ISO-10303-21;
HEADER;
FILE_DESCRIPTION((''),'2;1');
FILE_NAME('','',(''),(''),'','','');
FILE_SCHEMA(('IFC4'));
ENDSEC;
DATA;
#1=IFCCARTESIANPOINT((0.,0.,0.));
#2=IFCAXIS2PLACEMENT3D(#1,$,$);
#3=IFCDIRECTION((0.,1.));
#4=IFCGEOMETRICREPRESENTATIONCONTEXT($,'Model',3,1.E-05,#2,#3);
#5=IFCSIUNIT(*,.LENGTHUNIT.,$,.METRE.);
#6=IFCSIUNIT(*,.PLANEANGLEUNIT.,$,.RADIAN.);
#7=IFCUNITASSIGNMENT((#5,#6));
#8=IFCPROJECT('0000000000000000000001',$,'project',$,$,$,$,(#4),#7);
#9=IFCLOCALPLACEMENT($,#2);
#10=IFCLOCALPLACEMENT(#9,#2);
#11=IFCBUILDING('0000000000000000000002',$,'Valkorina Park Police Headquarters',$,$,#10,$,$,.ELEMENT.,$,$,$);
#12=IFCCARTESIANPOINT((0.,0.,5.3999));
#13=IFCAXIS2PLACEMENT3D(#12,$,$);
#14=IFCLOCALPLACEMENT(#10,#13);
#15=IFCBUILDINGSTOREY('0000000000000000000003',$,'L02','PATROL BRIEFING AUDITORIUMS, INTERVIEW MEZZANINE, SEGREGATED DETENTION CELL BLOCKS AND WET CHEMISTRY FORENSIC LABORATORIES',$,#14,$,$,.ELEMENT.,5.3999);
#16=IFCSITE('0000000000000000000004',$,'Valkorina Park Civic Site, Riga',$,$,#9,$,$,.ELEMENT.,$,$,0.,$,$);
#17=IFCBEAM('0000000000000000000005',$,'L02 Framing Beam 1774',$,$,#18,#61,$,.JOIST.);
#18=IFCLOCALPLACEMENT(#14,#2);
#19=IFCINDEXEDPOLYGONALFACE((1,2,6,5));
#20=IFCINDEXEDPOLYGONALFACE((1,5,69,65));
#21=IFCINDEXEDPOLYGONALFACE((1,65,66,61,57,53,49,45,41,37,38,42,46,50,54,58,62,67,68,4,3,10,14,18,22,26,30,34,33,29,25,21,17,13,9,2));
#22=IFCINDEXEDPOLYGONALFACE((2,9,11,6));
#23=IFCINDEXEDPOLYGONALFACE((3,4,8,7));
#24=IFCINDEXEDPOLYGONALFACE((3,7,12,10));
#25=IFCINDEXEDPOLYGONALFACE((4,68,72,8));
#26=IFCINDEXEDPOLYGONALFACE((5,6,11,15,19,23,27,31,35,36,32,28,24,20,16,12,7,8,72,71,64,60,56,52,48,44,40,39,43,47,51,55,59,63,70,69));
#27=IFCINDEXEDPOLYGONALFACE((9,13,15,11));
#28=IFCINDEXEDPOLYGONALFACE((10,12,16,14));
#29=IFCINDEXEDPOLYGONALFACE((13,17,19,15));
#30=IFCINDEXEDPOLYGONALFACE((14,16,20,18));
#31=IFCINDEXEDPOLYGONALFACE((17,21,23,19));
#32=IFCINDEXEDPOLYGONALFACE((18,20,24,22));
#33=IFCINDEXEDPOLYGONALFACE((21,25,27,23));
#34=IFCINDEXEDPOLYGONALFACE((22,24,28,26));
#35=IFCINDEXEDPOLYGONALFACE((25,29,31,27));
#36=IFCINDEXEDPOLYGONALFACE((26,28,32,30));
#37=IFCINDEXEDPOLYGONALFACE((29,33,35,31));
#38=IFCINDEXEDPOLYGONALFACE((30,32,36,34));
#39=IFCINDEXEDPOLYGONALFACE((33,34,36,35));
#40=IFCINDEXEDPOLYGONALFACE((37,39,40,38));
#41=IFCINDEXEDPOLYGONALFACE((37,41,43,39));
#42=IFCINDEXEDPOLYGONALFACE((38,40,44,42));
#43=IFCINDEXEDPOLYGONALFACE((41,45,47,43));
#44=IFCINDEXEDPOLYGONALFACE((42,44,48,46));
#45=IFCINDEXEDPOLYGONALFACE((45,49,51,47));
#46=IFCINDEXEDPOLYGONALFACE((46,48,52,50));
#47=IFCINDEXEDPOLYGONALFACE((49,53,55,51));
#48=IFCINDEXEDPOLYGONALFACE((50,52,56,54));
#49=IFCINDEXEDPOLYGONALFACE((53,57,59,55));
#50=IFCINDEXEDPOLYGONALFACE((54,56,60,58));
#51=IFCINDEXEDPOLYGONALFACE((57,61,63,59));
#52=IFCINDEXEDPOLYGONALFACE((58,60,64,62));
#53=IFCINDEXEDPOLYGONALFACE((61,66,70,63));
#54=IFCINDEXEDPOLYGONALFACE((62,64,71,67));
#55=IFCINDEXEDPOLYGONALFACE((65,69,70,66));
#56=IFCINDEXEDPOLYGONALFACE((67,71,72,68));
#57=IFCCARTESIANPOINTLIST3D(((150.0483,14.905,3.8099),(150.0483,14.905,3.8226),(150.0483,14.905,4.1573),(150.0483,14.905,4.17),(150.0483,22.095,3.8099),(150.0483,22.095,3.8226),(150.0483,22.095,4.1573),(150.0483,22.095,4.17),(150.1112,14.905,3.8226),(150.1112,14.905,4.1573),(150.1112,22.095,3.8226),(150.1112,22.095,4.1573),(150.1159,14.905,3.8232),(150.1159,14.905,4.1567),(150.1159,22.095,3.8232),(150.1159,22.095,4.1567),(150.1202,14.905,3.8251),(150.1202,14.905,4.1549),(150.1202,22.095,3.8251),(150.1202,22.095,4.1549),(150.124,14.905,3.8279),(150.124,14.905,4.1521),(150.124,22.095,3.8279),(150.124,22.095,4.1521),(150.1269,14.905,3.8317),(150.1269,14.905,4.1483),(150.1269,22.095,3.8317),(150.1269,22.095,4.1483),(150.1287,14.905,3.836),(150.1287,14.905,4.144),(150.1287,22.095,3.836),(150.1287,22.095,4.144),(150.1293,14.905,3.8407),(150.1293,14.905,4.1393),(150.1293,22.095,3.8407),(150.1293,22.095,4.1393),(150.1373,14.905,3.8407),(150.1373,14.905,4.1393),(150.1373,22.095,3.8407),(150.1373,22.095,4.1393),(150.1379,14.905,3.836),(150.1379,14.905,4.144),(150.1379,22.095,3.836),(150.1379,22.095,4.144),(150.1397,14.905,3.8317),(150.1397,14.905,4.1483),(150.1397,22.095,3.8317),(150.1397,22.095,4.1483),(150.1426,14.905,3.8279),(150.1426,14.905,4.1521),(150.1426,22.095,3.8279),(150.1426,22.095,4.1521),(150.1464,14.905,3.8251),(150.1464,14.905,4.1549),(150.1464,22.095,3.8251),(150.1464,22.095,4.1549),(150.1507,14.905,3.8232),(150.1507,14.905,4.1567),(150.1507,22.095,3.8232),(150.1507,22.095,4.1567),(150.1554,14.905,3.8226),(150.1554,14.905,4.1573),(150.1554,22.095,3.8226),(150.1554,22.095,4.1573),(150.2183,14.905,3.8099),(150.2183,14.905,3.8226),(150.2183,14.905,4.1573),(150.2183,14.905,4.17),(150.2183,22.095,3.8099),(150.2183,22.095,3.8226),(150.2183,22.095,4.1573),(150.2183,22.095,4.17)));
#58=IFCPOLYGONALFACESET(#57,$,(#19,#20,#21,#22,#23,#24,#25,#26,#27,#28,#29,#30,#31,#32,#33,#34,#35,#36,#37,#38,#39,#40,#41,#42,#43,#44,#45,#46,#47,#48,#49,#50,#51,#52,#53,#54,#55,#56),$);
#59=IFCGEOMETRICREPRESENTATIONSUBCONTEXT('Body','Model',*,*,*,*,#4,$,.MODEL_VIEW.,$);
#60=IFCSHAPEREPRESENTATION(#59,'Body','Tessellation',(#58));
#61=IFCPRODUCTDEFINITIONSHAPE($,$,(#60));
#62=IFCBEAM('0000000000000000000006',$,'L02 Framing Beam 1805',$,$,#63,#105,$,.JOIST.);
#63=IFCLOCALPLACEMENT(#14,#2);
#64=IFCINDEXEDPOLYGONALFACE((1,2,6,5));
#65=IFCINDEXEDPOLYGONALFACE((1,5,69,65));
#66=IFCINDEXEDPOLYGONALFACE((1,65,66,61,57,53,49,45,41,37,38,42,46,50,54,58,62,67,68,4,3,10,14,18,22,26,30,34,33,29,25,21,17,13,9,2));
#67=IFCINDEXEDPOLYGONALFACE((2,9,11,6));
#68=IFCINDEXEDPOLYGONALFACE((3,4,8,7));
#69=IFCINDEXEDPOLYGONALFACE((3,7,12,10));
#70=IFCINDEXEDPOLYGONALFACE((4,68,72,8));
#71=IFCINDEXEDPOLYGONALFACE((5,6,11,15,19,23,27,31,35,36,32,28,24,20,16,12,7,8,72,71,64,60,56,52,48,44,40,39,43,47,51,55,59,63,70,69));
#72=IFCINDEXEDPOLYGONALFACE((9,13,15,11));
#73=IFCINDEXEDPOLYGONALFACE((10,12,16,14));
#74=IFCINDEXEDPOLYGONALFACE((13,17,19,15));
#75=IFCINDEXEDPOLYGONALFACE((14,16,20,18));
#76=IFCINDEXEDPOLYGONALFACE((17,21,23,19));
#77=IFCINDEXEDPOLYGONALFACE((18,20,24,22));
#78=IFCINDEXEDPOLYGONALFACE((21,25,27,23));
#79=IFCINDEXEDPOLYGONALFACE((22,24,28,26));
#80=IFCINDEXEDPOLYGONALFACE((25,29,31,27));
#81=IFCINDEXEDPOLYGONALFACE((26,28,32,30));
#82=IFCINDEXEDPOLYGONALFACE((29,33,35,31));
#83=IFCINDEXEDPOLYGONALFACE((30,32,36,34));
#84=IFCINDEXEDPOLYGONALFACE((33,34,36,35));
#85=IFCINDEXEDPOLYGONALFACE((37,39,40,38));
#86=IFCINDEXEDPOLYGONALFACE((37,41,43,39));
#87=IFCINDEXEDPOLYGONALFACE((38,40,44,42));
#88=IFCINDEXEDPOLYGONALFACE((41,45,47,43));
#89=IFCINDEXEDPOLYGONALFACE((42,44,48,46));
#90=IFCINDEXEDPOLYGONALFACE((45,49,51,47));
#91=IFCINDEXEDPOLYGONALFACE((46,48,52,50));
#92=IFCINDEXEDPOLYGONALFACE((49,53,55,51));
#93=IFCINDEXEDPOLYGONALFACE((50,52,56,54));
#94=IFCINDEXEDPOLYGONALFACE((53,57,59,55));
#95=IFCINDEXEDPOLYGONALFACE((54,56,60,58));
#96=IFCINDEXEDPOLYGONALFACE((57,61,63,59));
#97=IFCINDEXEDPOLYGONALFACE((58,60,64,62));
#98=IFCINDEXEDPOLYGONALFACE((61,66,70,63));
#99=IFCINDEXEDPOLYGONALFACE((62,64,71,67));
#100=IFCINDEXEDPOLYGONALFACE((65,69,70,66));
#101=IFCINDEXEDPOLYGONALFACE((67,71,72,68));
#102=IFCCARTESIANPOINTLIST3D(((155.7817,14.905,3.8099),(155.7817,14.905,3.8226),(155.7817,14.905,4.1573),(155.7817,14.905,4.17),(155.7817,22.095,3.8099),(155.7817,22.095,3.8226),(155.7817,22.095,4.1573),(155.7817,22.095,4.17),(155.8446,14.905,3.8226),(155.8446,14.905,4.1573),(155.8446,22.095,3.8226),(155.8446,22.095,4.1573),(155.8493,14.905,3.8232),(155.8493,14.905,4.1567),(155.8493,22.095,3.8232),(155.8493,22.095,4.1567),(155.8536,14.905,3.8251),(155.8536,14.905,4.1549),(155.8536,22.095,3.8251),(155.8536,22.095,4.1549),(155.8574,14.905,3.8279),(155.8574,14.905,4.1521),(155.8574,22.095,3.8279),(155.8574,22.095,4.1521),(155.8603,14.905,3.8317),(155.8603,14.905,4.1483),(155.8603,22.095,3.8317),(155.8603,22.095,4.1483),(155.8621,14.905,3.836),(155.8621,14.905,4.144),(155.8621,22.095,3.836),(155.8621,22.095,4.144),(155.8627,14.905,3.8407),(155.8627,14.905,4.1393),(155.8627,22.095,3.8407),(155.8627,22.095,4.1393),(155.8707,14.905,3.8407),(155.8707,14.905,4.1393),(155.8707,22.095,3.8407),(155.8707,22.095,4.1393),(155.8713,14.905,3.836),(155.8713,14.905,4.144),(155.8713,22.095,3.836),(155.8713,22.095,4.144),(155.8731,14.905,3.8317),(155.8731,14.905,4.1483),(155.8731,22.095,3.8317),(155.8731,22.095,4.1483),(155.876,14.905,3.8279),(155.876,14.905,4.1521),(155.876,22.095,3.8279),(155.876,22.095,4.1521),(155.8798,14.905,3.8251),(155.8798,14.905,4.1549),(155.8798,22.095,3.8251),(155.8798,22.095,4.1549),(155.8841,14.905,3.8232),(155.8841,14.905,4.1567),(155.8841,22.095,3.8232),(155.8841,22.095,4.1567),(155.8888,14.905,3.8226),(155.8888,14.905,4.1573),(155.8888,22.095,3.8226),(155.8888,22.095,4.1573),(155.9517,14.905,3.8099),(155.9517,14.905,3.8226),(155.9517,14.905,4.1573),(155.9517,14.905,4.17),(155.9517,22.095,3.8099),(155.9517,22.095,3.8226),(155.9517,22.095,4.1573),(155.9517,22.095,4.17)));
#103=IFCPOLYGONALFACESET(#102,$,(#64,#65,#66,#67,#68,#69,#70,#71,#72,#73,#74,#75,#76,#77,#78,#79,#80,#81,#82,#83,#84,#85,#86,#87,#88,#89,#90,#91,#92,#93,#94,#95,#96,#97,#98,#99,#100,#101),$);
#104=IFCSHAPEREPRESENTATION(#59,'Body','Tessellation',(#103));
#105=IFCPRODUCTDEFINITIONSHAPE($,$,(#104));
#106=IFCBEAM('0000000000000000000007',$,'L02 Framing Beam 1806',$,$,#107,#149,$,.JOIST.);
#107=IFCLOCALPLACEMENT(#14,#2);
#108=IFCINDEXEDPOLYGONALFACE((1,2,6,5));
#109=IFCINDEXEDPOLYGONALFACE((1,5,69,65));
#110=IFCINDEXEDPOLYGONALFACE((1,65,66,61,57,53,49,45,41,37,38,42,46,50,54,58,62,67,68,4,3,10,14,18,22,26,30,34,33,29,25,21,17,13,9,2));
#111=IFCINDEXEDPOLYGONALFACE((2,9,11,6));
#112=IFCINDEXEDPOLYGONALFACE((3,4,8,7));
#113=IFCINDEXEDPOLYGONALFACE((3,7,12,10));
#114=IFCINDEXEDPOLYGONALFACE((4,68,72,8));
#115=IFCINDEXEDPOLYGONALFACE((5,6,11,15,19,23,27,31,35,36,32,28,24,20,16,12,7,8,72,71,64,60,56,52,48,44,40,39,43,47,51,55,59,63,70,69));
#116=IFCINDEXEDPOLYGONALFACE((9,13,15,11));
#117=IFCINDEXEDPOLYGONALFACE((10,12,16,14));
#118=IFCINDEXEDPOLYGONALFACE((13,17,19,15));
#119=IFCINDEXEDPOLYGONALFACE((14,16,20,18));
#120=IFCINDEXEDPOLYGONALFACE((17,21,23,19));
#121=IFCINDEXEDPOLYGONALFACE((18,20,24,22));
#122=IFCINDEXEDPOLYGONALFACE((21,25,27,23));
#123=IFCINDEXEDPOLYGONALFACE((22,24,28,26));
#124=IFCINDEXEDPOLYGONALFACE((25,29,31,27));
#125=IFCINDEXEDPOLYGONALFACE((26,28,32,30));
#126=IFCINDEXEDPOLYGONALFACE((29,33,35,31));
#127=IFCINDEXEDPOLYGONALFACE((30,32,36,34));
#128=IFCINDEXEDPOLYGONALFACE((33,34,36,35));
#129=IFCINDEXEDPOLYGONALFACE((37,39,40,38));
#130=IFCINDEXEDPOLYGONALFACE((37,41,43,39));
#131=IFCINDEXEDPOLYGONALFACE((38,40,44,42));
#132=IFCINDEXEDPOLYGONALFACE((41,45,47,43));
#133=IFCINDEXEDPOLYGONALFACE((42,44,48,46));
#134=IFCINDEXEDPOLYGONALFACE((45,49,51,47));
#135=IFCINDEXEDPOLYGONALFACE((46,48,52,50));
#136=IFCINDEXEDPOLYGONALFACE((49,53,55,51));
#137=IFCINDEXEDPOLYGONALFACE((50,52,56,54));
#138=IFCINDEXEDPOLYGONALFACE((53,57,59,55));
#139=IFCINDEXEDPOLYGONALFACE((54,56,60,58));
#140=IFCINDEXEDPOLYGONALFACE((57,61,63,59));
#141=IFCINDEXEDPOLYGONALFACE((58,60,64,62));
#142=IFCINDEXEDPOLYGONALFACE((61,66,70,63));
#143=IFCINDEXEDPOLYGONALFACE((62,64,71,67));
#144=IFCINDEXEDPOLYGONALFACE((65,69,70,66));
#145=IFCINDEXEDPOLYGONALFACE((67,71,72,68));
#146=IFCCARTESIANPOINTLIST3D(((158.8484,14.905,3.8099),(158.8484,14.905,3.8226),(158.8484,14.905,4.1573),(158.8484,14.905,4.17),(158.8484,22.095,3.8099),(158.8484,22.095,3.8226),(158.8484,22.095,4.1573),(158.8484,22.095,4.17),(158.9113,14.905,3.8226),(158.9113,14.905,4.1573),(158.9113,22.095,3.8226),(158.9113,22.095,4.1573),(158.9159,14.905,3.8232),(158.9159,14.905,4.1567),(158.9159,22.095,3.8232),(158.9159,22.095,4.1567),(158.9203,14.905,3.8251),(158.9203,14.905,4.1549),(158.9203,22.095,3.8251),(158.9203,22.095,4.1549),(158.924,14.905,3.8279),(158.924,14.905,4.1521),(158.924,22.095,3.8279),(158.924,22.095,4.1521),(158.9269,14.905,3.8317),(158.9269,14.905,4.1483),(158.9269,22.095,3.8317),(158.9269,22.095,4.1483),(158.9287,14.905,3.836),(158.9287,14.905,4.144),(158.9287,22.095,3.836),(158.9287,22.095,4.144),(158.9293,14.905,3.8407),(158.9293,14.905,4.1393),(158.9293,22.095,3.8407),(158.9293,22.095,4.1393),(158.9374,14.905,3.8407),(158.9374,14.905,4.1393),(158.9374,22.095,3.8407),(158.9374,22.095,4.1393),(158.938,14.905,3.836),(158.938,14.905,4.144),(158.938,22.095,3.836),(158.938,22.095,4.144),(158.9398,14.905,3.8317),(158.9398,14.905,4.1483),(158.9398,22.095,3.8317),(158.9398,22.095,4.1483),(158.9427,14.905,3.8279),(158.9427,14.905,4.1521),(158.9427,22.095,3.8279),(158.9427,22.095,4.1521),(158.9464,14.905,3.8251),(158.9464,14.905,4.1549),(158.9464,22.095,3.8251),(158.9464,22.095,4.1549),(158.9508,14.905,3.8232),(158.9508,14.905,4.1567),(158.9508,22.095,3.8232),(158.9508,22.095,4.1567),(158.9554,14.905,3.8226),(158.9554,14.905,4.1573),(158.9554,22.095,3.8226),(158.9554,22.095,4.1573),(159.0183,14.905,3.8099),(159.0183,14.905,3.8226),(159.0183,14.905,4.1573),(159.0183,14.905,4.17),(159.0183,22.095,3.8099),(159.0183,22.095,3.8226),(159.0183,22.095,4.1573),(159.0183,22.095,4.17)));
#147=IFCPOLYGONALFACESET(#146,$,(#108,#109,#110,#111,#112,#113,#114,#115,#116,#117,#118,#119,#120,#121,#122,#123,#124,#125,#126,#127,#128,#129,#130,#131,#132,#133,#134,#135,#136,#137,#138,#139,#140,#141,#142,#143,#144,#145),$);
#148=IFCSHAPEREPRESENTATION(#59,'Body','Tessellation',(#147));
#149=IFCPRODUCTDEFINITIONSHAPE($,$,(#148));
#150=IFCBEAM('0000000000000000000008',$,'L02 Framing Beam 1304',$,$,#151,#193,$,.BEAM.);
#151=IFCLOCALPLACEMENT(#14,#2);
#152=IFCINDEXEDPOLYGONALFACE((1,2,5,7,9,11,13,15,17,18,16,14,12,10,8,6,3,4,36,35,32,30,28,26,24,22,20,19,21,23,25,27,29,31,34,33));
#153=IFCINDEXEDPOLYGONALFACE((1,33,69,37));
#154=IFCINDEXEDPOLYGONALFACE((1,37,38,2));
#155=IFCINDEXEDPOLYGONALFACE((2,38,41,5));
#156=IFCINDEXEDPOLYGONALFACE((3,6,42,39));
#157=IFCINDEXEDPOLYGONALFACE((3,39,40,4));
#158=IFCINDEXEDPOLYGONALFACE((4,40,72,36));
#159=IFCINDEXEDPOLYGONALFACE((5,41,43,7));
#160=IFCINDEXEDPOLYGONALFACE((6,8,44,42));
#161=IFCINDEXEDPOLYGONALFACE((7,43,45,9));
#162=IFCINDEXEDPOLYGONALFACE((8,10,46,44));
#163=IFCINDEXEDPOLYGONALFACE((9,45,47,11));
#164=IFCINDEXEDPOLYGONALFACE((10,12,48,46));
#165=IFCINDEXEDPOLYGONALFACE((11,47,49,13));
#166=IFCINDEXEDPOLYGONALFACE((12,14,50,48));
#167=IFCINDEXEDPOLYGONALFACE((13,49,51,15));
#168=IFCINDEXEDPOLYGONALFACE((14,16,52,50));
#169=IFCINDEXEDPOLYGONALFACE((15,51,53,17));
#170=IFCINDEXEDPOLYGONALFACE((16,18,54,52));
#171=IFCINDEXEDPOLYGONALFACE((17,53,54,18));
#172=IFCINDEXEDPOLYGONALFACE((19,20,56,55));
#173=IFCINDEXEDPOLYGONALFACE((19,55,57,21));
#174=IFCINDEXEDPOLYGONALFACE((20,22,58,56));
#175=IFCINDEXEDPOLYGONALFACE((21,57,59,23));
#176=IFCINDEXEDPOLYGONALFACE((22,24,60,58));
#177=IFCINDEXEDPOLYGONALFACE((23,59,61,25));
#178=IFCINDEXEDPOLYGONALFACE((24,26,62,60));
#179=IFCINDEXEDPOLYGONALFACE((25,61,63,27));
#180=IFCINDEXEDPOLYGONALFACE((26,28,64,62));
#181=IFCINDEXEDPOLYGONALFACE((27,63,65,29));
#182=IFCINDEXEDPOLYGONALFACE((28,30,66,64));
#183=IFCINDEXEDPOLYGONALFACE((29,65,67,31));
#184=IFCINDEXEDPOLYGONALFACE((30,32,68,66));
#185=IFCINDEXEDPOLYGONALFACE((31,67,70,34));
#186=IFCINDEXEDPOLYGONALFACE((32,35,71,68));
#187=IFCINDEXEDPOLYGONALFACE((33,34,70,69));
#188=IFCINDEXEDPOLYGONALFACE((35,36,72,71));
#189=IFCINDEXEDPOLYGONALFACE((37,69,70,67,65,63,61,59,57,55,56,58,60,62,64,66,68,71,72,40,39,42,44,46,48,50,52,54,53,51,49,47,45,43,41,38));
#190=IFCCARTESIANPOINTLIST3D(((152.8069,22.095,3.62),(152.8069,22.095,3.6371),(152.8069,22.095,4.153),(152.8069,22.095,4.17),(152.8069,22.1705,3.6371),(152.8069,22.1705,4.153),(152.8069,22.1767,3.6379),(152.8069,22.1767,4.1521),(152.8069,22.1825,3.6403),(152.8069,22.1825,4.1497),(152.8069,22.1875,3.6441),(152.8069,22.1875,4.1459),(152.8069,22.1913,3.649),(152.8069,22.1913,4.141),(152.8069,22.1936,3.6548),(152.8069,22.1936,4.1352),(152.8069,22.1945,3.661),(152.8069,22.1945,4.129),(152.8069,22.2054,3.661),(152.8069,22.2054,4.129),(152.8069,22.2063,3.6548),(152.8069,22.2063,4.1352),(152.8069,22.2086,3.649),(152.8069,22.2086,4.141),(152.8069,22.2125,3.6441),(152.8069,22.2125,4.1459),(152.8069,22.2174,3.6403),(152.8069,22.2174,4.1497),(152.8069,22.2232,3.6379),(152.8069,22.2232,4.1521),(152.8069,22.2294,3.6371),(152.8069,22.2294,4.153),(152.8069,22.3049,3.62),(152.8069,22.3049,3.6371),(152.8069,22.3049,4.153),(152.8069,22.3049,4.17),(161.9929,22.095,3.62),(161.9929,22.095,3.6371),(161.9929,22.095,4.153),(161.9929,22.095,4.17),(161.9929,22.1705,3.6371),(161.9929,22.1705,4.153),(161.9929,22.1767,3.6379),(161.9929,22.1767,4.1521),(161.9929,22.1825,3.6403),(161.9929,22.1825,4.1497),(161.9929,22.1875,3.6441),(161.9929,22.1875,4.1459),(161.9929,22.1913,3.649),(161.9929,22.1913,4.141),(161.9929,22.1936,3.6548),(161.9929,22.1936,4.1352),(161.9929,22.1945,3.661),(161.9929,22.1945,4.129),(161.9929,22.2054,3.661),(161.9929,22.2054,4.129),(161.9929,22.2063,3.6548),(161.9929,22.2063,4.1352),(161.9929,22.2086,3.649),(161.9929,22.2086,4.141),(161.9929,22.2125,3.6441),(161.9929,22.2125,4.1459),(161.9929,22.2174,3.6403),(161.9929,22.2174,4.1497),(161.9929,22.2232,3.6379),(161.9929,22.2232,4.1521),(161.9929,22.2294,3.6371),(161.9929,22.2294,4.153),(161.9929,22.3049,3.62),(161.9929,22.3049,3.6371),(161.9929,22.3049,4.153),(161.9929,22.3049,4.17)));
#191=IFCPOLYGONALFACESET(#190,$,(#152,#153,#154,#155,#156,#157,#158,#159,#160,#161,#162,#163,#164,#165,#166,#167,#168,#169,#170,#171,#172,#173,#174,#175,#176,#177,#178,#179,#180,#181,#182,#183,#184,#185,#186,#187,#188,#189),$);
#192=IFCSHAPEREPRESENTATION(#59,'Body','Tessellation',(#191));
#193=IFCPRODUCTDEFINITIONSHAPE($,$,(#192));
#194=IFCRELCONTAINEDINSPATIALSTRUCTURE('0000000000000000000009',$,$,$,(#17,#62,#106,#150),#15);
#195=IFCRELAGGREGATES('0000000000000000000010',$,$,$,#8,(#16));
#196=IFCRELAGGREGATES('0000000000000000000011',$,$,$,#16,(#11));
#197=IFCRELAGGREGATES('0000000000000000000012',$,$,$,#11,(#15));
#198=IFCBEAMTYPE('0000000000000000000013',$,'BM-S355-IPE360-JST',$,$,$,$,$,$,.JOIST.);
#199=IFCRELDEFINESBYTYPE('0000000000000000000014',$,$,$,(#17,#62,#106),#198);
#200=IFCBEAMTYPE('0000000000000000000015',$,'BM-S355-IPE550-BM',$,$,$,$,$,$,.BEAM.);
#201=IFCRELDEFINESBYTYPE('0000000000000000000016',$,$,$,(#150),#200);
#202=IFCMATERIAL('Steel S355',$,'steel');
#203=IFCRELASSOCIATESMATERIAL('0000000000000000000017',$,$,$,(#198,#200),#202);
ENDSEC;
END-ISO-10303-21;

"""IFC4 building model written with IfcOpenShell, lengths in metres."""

from ifc_helpers import new_model, si_unit, direction, frame, origin, origin_2d, place, context, subcontext, project, spatial, i_section, extrude, material, material_profile, profile_set, type_object, element, save


model = new_model("IFC4")

# Units and contexts
model_context = context("Model", 3, precision=1e-05, world=origin(), true_north=direction((0.0, 1.0)))
body_context = subcontext(model_context, "Body", "Model", "MODEL_VIEW")
ifc_project = project(units=[si_unit("LENGTHUNIT", "METRE"), si_unit("PLANEANGLEUNIT", "RADIAN")], contexts=[model_context])

# Site, building, storey
site_placement = place(None, origin())
site = spatial("IfcSite", under=ifc_project, at=site_placement, Name="Valkorina Park Civic Site, Riga", CompositionType="ELEMENT", RefElevation=0.0)
building_placement = place(site_placement, origin())
building = spatial("IfcBuilding", under=site, at=building_placement, Name="Valkorina Park Police Headquarters", CompositionType="ELEMENT")
storey_placement = place(building_placement, frame((0.0, 0.0, 5.3999)))
storey = spatial("IfcBuildingStorey", under=building, at=storey_placement, Name="L02", Description="PATROL BRIEFING AUDITORIUMS, INTERVIEW MEZZANINE, SEGREGATED DETENTION CELL BLOCKS AND WET CHEMISTRY FORENSIC LABORATORIES", CompositionType="ELEMENT", Elevation=5.3999)

# Shared definitions
ifc_material_1 = material(Name="Steel S355", Category="steel")

# Beams
ifc_material_profile_1 = material_profile(ifc_material_1, i_section(OverallWidth=0.1699, OverallDepth=0.3601, WebThickness=0.0081, FlangeThickness=0.0127, FilletRadius=0.0181, at=origin_2d()), Name="IPE 360")
ifc_profile_set_1 = profile_set([ifc_material_profile_1], Name="Steel S355")
beam_type_1 = type_object("IfcBeamType", Name="BM-S355-IPE360-JST", PredefinedType="JOIST", material=ifc_profile_set_1)
for number, where, z_axis, x_axis, name in (
    (1, (150.1333, 14.905, 3.99), (0.0, 1.0, 0.0), (-1.0, 0.0, 0.0), "L02 Framing Beam 1774"),
    (2, (155.8667, 14.905, 3.99), (0.0, 1.0, 0.0), (-1.0, 0.0, 0.0), "L02 Framing Beam 1805"),
    (3, (158.9333, 14.905, 3.99), (0.0, 1.0, 0.0), (-1.0, 0.0, 0.0), "L02 Framing Beam 1806"),
):
    element("IfcBeam", number, at=place(storey_placement, frame(where, z_axis=z_axis, x_axis=x_axis)), inside=storey, type_object=beam_type_1, Name=name, PredefinedType="JOIST", context=body_context, shape_type="SweptSolid", body=[
        extrude(i_section(OverallWidth=0.1699, OverallDepth=0.3601, WebThickness=0.0081, FlangeThickness=0.0127, FilletRadius=0.0181, at=origin_2d()), origin(), (0.0, 0.0, 1.0), 7.1899),
    ])
ifc_material_profile_2 = material_profile(ifc_material_1, i_section(OverallWidth=0.21, OverallDepth=0.55, WebThickness=0.011, FlangeThickness=0.0171, FilletRadius=0.0239, at=origin_2d()), Name="IPE 550")
ifc_profile_set_2 = profile_set([ifc_material_profile_2], Name="Steel S355")
beam_type_2 = type_object("IfcBeamType", Name="BM-S355-IPE550-BM", PredefinedType="BEAM", material=ifc_profile_set_2)
beam_1_placement = place(storey_placement, frame((152.8069, 22.2, 3.895), z_axis=(1.0, 0.0, 0.0), x_axis=(0.0, 1.0, 0.0)))
element("IfcBeam", 4, at=beam_1_placement, inside=storey, type_object=beam_type_2, Name="L02 Framing Beam 1304", PredefinedType="BEAM", context=body_context, shape_type="SweptSolid", body=[
    extrude(i_section(OverallWidth=0.21, OverallDepth=0.55, WebThickness=0.011, FlangeThickness=0.0171, FilletRadius=0.0239, at=origin_2d()), origin(), (0.0, 0.0, 1.0), 9.186),
])

save(model, "model.ifc")
